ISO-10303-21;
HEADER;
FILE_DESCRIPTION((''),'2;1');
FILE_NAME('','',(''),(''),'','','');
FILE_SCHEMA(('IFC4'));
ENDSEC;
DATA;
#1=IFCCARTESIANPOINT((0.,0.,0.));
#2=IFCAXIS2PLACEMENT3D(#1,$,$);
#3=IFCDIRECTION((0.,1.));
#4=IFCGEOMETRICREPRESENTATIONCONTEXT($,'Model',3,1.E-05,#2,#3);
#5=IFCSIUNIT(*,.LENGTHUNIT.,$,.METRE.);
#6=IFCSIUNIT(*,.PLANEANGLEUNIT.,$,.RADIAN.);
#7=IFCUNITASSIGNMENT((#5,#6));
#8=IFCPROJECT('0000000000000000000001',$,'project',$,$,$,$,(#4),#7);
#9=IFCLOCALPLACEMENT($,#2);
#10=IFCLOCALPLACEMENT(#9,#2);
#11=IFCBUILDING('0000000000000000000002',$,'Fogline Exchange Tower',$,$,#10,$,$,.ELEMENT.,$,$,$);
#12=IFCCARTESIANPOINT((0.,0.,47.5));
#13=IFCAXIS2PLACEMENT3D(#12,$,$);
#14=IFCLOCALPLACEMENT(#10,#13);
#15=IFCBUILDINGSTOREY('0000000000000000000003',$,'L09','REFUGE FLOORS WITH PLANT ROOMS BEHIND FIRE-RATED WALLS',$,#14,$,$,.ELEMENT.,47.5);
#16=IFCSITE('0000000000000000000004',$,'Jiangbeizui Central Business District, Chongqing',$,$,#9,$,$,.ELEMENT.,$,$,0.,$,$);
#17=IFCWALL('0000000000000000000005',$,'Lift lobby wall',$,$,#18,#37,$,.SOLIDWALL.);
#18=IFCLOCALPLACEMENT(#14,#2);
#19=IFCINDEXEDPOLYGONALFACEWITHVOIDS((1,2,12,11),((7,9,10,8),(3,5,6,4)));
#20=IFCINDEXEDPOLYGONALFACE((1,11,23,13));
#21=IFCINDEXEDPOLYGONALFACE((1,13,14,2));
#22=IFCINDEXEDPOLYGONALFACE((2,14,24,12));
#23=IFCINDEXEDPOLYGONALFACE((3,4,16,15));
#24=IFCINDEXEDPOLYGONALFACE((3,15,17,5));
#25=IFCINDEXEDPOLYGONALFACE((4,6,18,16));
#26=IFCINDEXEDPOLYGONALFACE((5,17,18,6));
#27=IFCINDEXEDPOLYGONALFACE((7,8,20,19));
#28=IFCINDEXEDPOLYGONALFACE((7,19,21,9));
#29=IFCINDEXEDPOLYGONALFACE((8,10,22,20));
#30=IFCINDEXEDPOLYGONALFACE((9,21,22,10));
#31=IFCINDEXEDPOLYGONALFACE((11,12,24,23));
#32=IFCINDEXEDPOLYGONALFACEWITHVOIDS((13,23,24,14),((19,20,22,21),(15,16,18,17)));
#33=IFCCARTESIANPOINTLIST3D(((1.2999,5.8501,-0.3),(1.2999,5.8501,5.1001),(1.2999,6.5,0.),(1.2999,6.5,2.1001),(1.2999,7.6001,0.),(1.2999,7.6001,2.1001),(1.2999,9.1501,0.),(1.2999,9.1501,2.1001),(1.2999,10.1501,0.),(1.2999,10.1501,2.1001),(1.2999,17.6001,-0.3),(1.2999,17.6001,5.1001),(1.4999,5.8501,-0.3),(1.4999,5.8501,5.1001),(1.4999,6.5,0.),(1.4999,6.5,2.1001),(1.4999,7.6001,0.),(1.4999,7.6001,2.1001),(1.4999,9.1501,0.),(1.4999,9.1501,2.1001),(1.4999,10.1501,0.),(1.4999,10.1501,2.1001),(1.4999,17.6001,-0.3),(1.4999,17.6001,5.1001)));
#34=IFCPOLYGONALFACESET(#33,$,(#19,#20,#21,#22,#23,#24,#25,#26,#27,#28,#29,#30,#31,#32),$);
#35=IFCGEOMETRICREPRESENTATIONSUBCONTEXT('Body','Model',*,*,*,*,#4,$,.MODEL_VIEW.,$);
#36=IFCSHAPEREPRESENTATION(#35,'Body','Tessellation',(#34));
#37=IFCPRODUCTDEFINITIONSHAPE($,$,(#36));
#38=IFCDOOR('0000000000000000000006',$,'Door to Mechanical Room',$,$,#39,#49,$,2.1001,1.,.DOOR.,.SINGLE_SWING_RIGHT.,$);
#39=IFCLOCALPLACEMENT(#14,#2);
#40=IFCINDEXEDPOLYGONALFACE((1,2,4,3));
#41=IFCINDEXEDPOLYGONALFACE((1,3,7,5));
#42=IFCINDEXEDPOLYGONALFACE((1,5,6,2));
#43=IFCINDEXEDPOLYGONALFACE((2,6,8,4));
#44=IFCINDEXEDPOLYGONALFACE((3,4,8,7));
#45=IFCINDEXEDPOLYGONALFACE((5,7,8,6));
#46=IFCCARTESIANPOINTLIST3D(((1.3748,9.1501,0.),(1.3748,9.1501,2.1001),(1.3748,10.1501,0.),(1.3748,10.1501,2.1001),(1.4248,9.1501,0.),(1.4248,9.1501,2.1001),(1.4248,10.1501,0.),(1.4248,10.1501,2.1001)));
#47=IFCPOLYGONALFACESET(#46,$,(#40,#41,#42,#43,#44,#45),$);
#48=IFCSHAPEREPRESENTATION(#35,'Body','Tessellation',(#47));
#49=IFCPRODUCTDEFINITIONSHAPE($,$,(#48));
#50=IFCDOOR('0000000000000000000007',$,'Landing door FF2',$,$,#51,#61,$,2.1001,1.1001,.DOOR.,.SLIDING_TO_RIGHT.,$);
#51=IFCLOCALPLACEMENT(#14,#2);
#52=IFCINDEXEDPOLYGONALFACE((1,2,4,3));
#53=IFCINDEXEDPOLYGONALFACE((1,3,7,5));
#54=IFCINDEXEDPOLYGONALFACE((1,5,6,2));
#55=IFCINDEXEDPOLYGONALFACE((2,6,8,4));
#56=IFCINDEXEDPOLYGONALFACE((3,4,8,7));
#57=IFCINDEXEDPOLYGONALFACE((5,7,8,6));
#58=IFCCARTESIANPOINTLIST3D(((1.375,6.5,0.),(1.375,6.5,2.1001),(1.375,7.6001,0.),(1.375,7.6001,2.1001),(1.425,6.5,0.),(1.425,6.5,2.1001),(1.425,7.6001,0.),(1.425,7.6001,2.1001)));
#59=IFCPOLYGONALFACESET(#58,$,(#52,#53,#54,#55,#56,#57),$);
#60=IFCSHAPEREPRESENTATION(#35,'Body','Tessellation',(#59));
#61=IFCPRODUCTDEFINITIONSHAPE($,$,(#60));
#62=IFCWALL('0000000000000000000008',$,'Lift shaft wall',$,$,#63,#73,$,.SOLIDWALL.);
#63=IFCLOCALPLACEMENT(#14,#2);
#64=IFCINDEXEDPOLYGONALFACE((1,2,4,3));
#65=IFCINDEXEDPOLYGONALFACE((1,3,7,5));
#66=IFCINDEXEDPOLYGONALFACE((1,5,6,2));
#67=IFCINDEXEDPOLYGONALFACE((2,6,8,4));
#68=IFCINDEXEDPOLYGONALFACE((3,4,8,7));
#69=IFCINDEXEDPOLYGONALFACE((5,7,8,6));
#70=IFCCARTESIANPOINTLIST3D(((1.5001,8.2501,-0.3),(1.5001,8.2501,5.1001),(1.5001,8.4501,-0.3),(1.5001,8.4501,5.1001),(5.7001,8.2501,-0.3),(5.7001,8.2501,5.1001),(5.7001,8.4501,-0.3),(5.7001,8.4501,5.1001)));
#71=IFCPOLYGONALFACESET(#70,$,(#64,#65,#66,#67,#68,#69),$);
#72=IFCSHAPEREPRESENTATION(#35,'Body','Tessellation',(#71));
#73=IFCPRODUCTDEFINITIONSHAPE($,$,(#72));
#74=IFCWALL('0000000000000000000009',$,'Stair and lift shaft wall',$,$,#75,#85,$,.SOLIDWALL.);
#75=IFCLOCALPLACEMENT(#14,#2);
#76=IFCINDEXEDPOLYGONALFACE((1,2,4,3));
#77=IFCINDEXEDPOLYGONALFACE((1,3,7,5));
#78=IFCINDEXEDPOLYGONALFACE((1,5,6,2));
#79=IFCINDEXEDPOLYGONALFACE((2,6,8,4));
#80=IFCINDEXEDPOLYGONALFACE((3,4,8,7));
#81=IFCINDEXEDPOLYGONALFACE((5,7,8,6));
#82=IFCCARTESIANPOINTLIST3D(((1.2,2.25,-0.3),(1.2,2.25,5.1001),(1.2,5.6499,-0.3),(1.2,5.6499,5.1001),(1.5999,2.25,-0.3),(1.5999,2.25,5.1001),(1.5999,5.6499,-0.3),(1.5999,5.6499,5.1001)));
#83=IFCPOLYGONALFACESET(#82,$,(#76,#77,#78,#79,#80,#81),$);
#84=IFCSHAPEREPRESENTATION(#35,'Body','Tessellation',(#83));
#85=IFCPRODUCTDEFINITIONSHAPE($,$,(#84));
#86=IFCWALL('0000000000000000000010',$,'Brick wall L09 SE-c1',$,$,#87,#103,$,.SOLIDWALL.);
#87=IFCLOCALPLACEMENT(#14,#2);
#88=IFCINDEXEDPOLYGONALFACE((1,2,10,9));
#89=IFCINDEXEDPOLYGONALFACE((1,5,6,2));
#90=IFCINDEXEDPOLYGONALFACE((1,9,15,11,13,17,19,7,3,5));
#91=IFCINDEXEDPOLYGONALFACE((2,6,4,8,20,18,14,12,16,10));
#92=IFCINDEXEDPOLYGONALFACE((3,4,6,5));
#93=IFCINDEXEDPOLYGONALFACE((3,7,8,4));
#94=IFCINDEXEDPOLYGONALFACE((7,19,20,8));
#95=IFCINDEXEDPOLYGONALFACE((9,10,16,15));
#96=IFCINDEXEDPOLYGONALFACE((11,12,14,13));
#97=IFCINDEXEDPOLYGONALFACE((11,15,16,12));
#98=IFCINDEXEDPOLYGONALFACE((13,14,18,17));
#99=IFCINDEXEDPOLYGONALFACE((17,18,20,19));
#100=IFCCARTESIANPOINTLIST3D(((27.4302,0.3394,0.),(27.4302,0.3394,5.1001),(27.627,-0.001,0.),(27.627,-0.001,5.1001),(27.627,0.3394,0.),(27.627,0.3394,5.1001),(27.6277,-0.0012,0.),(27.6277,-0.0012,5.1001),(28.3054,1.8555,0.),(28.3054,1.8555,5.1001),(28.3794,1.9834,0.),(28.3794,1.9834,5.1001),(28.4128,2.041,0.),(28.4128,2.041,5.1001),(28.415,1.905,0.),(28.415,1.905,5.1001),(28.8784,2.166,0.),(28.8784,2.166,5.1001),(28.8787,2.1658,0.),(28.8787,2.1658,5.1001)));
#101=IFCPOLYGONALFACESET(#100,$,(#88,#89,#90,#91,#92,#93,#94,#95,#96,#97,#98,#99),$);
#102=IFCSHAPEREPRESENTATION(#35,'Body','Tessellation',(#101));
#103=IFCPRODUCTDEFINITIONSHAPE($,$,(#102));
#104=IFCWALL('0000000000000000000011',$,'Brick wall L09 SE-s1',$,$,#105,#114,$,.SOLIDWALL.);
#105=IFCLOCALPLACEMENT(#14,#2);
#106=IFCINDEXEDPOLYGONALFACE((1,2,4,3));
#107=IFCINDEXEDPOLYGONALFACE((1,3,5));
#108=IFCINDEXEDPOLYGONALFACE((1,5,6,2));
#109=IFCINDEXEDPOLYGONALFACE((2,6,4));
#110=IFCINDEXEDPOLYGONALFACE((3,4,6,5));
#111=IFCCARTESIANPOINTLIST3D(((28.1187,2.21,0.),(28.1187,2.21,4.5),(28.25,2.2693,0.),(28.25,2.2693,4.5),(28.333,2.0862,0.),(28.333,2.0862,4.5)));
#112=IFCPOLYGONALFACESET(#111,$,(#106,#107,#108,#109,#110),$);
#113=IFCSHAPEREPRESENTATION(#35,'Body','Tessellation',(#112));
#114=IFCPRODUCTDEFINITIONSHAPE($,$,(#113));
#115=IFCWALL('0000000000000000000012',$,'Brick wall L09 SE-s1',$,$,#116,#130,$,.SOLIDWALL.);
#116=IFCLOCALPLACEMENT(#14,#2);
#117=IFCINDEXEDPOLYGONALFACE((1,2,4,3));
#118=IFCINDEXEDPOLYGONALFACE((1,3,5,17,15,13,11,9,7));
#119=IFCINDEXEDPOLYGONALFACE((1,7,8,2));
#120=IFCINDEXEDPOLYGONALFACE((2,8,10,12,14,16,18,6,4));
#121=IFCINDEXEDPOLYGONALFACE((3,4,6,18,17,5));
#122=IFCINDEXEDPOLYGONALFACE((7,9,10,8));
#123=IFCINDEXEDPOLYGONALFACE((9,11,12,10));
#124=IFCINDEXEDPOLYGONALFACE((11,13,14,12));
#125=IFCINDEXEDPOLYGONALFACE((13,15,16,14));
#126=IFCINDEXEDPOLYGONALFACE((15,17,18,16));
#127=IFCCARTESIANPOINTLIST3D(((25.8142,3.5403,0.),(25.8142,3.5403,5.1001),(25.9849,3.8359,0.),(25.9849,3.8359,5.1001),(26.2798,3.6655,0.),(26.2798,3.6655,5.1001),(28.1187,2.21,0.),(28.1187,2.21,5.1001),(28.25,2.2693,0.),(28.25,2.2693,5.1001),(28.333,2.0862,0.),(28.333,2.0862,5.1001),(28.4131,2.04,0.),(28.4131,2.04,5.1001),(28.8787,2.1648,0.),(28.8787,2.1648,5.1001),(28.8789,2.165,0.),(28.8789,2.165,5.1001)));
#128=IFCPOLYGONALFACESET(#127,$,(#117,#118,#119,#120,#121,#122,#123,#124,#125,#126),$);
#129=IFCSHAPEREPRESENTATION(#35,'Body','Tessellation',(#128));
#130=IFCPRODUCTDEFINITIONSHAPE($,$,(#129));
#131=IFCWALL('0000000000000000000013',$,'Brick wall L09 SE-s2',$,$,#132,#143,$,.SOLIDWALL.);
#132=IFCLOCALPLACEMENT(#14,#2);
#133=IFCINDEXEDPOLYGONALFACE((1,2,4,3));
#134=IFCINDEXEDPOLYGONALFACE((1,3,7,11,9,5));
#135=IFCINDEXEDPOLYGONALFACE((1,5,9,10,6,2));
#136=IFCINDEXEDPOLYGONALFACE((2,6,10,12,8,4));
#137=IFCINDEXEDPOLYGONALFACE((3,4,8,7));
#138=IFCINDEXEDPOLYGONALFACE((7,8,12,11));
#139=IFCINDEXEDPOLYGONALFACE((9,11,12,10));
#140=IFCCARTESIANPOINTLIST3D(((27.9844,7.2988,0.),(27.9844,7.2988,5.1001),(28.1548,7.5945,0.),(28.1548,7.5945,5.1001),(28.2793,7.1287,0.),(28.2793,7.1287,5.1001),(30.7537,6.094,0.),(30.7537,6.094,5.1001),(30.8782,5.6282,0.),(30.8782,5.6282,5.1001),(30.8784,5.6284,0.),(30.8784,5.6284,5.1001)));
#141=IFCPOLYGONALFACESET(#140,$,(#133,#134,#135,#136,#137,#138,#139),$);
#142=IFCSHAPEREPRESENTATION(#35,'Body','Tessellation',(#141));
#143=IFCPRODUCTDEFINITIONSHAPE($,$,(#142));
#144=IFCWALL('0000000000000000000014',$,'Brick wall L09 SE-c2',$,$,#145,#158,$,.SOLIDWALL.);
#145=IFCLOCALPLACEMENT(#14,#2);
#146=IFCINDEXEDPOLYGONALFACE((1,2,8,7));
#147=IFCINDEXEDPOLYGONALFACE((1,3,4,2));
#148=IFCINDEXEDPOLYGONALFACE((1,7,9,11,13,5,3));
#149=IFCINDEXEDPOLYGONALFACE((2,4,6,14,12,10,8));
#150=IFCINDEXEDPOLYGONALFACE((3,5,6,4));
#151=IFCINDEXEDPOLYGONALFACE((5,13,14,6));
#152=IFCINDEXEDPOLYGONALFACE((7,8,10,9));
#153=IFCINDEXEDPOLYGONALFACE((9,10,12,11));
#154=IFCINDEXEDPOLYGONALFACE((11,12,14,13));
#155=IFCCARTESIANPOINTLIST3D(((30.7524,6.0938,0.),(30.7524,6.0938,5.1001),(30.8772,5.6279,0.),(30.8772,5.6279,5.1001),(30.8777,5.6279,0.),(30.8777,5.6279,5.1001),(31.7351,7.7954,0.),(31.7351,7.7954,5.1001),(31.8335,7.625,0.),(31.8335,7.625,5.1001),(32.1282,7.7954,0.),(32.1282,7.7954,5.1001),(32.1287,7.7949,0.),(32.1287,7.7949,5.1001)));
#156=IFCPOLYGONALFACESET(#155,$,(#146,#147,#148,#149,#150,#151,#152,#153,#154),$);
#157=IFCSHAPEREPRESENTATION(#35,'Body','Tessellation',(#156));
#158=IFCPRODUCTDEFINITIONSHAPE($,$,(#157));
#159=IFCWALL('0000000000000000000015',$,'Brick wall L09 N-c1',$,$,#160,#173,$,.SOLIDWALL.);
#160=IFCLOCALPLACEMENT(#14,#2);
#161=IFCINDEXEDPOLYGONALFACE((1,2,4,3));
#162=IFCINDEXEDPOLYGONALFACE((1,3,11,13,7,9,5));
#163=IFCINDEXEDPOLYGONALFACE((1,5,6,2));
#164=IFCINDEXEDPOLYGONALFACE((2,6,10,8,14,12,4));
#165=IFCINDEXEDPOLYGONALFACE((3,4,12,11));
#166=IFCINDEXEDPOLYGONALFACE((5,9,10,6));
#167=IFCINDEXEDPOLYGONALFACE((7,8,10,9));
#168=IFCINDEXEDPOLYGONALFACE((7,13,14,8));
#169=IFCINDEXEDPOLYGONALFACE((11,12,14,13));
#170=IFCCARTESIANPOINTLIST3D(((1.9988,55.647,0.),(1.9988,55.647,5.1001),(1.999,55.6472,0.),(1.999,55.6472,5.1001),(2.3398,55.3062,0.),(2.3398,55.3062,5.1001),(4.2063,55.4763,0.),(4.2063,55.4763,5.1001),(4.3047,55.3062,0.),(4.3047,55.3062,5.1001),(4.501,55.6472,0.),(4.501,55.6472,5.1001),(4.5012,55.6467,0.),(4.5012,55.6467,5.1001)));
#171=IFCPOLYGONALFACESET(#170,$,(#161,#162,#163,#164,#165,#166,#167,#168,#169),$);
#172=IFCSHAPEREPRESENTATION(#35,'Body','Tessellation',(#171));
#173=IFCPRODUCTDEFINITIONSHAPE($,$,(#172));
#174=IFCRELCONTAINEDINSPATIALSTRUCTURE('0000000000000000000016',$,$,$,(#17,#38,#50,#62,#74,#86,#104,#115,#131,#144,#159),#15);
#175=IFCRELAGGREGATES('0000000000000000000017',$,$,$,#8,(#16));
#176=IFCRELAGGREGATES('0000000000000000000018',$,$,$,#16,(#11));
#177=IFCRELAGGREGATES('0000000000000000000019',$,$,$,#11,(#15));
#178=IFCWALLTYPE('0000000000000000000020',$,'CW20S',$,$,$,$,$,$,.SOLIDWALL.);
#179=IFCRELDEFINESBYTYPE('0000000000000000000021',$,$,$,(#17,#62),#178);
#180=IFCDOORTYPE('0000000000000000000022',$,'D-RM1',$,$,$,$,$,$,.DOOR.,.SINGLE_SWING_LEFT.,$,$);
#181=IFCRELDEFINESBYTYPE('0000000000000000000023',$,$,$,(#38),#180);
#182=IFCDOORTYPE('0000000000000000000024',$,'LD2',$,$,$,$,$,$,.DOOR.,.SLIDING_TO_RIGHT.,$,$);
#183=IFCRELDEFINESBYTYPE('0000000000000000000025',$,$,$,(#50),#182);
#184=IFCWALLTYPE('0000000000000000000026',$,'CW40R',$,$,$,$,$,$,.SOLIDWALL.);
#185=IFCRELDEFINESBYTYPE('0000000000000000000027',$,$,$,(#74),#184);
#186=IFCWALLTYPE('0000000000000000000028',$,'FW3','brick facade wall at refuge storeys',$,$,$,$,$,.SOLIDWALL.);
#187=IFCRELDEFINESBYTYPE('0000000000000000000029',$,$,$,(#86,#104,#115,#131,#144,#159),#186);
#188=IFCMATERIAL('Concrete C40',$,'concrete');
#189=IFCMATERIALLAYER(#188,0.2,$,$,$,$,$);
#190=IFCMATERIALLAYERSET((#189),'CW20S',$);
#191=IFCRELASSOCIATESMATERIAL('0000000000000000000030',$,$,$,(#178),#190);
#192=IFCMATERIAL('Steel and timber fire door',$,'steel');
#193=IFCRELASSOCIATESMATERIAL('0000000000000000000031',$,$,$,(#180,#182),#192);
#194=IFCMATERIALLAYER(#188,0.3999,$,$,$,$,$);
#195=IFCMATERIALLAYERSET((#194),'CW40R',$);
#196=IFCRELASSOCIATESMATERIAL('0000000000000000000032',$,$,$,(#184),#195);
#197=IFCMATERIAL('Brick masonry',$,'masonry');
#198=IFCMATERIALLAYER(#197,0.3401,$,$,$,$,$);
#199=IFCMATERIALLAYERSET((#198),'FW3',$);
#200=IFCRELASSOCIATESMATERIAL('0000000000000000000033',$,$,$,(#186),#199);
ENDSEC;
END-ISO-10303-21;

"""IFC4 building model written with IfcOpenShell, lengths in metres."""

from ifc_helpers import new_model, si_unit, direction, frame, frame_2d, origin, place, context, subcontext, project, spatial, polyline, rectangle, outline, extrude, material, layer, layer_set, type_object, element, fill, save


model = new_model("IFC4")

# Units and contexts
model_context = context("Model", 3, precision=1e-05, world=origin(), true_north=direction((0.0, 1.0)))
body_context = subcontext(model_context, "Body", "Model", "MODEL_VIEW")
ifc_project = project(units=[si_unit("LENGTHUNIT", "METRE"), si_unit("PLANEANGLEUNIT", "RADIAN")], contexts=[model_context])

# Site, building, storey
site_placement = place(None, origin())
site = spatial("IfcSite", under=ifc_project, at=site_placement, Name="Jiangbeizui Central Business District, Chongqing", CompositionType="ELEMENT", RefElevation=0.0)
building_placement = place(site_placement, origin())
building = spatial("IfcBuilding", under=site, at=building_placement, Name="Fogline Exchange Tower", CompositionType="ELEMENT")
storey_placement = place(building_placement, frame((0.0, 0.0, 47.5)))
storey = spatial("IfcBuildingStorey", under=building, at=storey_placement, Name="L09", Description="REFUGE FLOORS WITH PLANT ROOMS BEHIND FIRE-RATED WALLS", CompositionType="ELEMENT", Elevation=47.5)

# Shared definitions
ifc_material_1 = material(Name="Concrete C40", Category="concrete")

# Wall, openings, doors
ifc_layer_1 = layer(ifc_material_1, 0.2)
ifc_layer_set_1 = layer_set([ifc_layer_1], Name="CW20S")
wall_type_1 = type_object("IfcWallType", Name="CW20S", PredefinedType="SOLIDWALL", material=ifc_layer_set_1)
wall_1_placement = place(storey_placement, frame((1.3999, 5.8501, -0.3), z_axis=(0.0, 0.0, 1.0), x_axis=(0.0, 1.0, 0.0)))
wall_1 = element("IfcWall", 1, at=wall_1_placement, inside=storey, type_object=wall_type_1, Name="Lift lobby wall", PredefinedType="SOLIDWALL", context=body_context, shape_type="SweptSolid", body=[
    extrude(rectangle(XDim=11.75, YDim=0.2, at=frame_2d((5.875, 0.0))), origin(), (0.0, 0.0, 1.0), 5.4001),
])
opening_1_placement = place(wall_1_placement, frame((0.6499, 0.0, 0.3)))
opening_1 = element("IfcOpeningElement", 2, at=opening_1_placement, cuts=wall_1, PredefinedType="OPENING", context=body_context, shape_type="SweptSolid", body=[
    extrude(rectangle(XDim=1.1001, YDim=2.1001, at=frame_2d((0.55, 1.05))), frame((0.0, 0.1099, 0.0), z_axis=(0.0, -1.0, 0.0), x_axis=(1.0, 0.0, 0.0)), (0.0, 0.0, 1.0), 0.22),
])
opening_2_placement = place(wall_1_placement, frame((3.3, 0.0, 0.3)))
opening_2 = element("IfcOpeningElement", 3, at=opening_2_placement, cuts=wall_1, PredefinedType="OPENING", context=body_context, shape_type="SweptSolid", body=[
    extrude(rectangle(XDim=1.0, YDim=2.1001, at=frame_2d((0.5, 1.05))), frame((0.0, 0.1099, 0.0), z_axis=(0.0, -1.0, 0.0), x_axis=(1.0, 0.0, 0.0)), (0.0, 0.0, 1.0), 0.22),
])
ifc_material_2 = material(Name="Steel and timber fire door", Category="steel")
door_type_1 = type_object("IfcDoorType", Name="D-RM1", OperationType="SINGLE_SWING_LEFT", PredefinedType="DOOR", material=ifc_material_2)
door_1_placement = place(opening_2_placement, frame((1.0, 0.0, 0.0), z_axis=(0.0, 0.0, 1.0), x_axis=(-1.0, 0.0, 0.0)))
door_1 = element("IfcDoor", 4, at=door_1_placement, inside=storey, type_object=door_type_1, Name="Door to Mechanical Room", OperationType="SINGLE_SWING_RIGHT", OverallHeight=2.1001, OverallWidth=1.0, PredefinedType="DOOR", context=body_context, shape_type="SweptSolid", body=[
    extrude(rectangle(XDim=1.0, YDim=2.1001, at=frame_2d((0.5, 1.05))), frame((0.0, 0.0249, 0.0), z_axis=(0.0, -1.0, 0.0), x_axis=(1.0, 0.0, 0.0)), (0.0, 0.0, 1.0), 0.05),
])
fill(opening_2, door_1)
door_type_2 = type_object("IfcDoorType", Name="LD2", OperationType="SLIDING_TO_RIGHT", PredefinedType="DOOR", material=ifc_material_2)
door_2_placement = place(opening_1_placement, origin())
door_2 = element("IfcDoor", 5, at=door_2_placement, inside=storey, type_object=door_type_2, Name="Landing door FF2", OperationType="SLIDING_TO_RIGHT", OverallHeight=2.1001, OverallWidth=1.1001, PredefinedType="DOOR", context=body_context, shape_type="SweptSolid", body=[
    extrude(rectangle(XDim=1.1001, YDim=2.1001, at=frame_2d((0.55, 1.05))), frame((0.0, 0.0249, 0.0), z_axis=(0.0, -1.0, 0.0), x_axis=(1.0, 0.0, 0.0)), (0.0, 0.0, 1.0), 0.05),
])
fill(opening_1, door_2)

# Walls
wall_2_placement = place(storey_placement, frame((1.5, 8.3501, -0.3), z_axis=(0.0, 0.0, 1.0), x_axis=(1.0, 0.0, 0.0)))
element("IfcWall", 6, at=wall_2_placement, inside=storey, type_object=wall_type_1, Name="Lift shaft wall", PredefinedType="SOLIDWALL", context=body_context, shape_type="SweptSolid", body=[
    extrude(rectangle(XDim=4.2, YDim=0.2, at=frame_2d((2.1001, 0.0))), origin(), (0.0, 0.0, 1.0), 5.4001),
])
ifc_layer_2 = layer(ifc_material_1, 0.3999)
ifc_layer_set_2 = layer_set([ifc_layer_2], Name="CW40R")
wall_type_2 = type_object("IfcWallType", Name="CW40R", PredefinedType="SOLIDWALL", material=ifc_layer_set_2)
wall_3_placement = place(storey_placement, frame((1.3999, 2.25, -0.3), z_axis=(0.0, 0.0, 1.0), x_axis=(0.0, 1.0, 0.0)))
element("IfcWall", 7, at=wall_3_placement, inside=storey, type_object=wall_type_2, Name="Stair and lift shaft wall", PredefinedType="SOLIDWALL", context=body_context, shape_type="SweptSolid", body=[
    extrude(rectangle(XDim=3.3999, YDim=0.3999, at=frame_2d((1.7, 0.0))), origin(), (0.0, 0.0, 1.0), 5.4001),
])
ifc_material_3 = material(Name="Brick masonry", Category="masonry")
ifc_layer_3 = layer(ifc_material_3, 0.3401)
ifc_layer_set_3 = layer_set([ifc_layer_3], Name="FW3")
wall_type_3 = type_object("IfcWallType", Name="FW3", Description="brick facade wall at refuge storeys", PredefinedType="SOLIDWALL", material=ifc_layer_set_3)
wall_4_placement = place(storey_placement, origin())
element("IfcWall", 8, at=wall_4_placement, inside=storey, type_object=wall_type_3, Name="Brick wall L09 SE-c1", PredefinedType="SOLIDWALL", context=body_context, shape_type="SweptSolid", body=[
    extrude(outline(polyline([(27.6277, -0.0012), (27.627, -0.001), (27.627, 0.3394), (27.4302, 0.3394), (28.3054, 1.8555), (28.415, 1.905), (28.3794, 1.9834), (28.4128, 2.041), (28.8784, 2.166), (28.8787, 2.1658), (27.6277, -0.0012)])), origin(), (0.0, 0.0, 1.0), 5.1001),
])
wall_5_placement = place(storey_placement, origin())
element("IfcWall", 9, at=wall_5_placement, inside=storey, type_object=wall_type_3, Name="Brick wall L09 SE-s1", PredefinedType="SOLIDWALL", context=body_context, shape_type="SweptSolid", body=[
    extrude(outline(polyline([(28.1187, 2.21), (28.25, 2.2693), (28.333, 2.0862), (28.1187, 2.21)])), origin(), (0.0, 0.0, 1.0), 4.5),
])
wall_6_placement = place(storey_placement, origin())
element("IfcWall", 10, at=wall_6_placement, inside=storey, type_object=wall_type_3, Name="Brick wall L09 SE-s1", PredefinedType="SOLIDWALL", context=body_context, shape_type="SweptSolid", body=[
    extrude(outline(polyline([(25.9849, 3.8359), (26.2798, 3.6655), (28.8789, 2.165), (28.8787, 2.1648), (28.4131, 2.04), (28.333, 2.0862), (28.25, 2.2693), (28.1187, 2.21), (25.8142, 3.5403), (25.9849, 3.8359)])), origin(), (0.0, 0.0, 1.0), 5.1001),
])
wall_7_placement = place(storey_placement, origin())
element("IfcWall", 11, at=wall_7_placement, inside=storey, type_object=wall_type_3, Name="Brick wall L09 SE-s2", PredefinedType="SOLIDWALL", context=body_context, shape_type="SweptSolid", body=[
    extrude(outline(polyline([(30.8782, 5.6282), (28.2793, 7.1287), (27.9844, 7.2988), (28.1548, 7.5945), (30.7537, 6.094), (30.8784, 5.6284), (30.8782, 5.6282)])), origin(), (0.0, 0.0, 1.0), 5.1001),
])
wall_8_placement = place(storey_placement, origin())
element("IfcWall", 12, at=wall_8_placement, inside=storey, type_object=wall_type_3, Name="Brick wall L09 SE-c2", PredefinedType="SOLIDWALL", context=body_context, shape_type="SweptSolid", body=[
    extrude(outline(polyline([(31.7351, 7.7954), (31.8335, 7.625), (32.1282, 7.7954), (32.1287, 7.7949), (30.8777, 5.6279), (30.8772, 5.6279), (30.7524, 6.0938), (31.7351, 7.7954)])), origin(), (0.0, 0.0, 1.0), 5.1001),
])
wall_9_placement = place(storey_placement, origin())
element("IfcWall", 13, at=wall_9_placement, inside=storey, type_object=wall_type_3, Name="Brick wall L09 N-c1", PredefinedType="SOLIDWALL", context=body_context, shape_type="SweptSolid", body=[
    extrude(outline(polyline([(1.999, 55.6472), (4.501, 55.6472), (4.5012, 55.6467), (4.2063, 55.4763), (4.3047, 55.3062), (2.3398, 55.3062), (1.9988, 55.647), (1.999, 55.6472)])), origin(), (0.0, 0.0, 1.0), 5.1001),
])

save(model, "model.ifc")
